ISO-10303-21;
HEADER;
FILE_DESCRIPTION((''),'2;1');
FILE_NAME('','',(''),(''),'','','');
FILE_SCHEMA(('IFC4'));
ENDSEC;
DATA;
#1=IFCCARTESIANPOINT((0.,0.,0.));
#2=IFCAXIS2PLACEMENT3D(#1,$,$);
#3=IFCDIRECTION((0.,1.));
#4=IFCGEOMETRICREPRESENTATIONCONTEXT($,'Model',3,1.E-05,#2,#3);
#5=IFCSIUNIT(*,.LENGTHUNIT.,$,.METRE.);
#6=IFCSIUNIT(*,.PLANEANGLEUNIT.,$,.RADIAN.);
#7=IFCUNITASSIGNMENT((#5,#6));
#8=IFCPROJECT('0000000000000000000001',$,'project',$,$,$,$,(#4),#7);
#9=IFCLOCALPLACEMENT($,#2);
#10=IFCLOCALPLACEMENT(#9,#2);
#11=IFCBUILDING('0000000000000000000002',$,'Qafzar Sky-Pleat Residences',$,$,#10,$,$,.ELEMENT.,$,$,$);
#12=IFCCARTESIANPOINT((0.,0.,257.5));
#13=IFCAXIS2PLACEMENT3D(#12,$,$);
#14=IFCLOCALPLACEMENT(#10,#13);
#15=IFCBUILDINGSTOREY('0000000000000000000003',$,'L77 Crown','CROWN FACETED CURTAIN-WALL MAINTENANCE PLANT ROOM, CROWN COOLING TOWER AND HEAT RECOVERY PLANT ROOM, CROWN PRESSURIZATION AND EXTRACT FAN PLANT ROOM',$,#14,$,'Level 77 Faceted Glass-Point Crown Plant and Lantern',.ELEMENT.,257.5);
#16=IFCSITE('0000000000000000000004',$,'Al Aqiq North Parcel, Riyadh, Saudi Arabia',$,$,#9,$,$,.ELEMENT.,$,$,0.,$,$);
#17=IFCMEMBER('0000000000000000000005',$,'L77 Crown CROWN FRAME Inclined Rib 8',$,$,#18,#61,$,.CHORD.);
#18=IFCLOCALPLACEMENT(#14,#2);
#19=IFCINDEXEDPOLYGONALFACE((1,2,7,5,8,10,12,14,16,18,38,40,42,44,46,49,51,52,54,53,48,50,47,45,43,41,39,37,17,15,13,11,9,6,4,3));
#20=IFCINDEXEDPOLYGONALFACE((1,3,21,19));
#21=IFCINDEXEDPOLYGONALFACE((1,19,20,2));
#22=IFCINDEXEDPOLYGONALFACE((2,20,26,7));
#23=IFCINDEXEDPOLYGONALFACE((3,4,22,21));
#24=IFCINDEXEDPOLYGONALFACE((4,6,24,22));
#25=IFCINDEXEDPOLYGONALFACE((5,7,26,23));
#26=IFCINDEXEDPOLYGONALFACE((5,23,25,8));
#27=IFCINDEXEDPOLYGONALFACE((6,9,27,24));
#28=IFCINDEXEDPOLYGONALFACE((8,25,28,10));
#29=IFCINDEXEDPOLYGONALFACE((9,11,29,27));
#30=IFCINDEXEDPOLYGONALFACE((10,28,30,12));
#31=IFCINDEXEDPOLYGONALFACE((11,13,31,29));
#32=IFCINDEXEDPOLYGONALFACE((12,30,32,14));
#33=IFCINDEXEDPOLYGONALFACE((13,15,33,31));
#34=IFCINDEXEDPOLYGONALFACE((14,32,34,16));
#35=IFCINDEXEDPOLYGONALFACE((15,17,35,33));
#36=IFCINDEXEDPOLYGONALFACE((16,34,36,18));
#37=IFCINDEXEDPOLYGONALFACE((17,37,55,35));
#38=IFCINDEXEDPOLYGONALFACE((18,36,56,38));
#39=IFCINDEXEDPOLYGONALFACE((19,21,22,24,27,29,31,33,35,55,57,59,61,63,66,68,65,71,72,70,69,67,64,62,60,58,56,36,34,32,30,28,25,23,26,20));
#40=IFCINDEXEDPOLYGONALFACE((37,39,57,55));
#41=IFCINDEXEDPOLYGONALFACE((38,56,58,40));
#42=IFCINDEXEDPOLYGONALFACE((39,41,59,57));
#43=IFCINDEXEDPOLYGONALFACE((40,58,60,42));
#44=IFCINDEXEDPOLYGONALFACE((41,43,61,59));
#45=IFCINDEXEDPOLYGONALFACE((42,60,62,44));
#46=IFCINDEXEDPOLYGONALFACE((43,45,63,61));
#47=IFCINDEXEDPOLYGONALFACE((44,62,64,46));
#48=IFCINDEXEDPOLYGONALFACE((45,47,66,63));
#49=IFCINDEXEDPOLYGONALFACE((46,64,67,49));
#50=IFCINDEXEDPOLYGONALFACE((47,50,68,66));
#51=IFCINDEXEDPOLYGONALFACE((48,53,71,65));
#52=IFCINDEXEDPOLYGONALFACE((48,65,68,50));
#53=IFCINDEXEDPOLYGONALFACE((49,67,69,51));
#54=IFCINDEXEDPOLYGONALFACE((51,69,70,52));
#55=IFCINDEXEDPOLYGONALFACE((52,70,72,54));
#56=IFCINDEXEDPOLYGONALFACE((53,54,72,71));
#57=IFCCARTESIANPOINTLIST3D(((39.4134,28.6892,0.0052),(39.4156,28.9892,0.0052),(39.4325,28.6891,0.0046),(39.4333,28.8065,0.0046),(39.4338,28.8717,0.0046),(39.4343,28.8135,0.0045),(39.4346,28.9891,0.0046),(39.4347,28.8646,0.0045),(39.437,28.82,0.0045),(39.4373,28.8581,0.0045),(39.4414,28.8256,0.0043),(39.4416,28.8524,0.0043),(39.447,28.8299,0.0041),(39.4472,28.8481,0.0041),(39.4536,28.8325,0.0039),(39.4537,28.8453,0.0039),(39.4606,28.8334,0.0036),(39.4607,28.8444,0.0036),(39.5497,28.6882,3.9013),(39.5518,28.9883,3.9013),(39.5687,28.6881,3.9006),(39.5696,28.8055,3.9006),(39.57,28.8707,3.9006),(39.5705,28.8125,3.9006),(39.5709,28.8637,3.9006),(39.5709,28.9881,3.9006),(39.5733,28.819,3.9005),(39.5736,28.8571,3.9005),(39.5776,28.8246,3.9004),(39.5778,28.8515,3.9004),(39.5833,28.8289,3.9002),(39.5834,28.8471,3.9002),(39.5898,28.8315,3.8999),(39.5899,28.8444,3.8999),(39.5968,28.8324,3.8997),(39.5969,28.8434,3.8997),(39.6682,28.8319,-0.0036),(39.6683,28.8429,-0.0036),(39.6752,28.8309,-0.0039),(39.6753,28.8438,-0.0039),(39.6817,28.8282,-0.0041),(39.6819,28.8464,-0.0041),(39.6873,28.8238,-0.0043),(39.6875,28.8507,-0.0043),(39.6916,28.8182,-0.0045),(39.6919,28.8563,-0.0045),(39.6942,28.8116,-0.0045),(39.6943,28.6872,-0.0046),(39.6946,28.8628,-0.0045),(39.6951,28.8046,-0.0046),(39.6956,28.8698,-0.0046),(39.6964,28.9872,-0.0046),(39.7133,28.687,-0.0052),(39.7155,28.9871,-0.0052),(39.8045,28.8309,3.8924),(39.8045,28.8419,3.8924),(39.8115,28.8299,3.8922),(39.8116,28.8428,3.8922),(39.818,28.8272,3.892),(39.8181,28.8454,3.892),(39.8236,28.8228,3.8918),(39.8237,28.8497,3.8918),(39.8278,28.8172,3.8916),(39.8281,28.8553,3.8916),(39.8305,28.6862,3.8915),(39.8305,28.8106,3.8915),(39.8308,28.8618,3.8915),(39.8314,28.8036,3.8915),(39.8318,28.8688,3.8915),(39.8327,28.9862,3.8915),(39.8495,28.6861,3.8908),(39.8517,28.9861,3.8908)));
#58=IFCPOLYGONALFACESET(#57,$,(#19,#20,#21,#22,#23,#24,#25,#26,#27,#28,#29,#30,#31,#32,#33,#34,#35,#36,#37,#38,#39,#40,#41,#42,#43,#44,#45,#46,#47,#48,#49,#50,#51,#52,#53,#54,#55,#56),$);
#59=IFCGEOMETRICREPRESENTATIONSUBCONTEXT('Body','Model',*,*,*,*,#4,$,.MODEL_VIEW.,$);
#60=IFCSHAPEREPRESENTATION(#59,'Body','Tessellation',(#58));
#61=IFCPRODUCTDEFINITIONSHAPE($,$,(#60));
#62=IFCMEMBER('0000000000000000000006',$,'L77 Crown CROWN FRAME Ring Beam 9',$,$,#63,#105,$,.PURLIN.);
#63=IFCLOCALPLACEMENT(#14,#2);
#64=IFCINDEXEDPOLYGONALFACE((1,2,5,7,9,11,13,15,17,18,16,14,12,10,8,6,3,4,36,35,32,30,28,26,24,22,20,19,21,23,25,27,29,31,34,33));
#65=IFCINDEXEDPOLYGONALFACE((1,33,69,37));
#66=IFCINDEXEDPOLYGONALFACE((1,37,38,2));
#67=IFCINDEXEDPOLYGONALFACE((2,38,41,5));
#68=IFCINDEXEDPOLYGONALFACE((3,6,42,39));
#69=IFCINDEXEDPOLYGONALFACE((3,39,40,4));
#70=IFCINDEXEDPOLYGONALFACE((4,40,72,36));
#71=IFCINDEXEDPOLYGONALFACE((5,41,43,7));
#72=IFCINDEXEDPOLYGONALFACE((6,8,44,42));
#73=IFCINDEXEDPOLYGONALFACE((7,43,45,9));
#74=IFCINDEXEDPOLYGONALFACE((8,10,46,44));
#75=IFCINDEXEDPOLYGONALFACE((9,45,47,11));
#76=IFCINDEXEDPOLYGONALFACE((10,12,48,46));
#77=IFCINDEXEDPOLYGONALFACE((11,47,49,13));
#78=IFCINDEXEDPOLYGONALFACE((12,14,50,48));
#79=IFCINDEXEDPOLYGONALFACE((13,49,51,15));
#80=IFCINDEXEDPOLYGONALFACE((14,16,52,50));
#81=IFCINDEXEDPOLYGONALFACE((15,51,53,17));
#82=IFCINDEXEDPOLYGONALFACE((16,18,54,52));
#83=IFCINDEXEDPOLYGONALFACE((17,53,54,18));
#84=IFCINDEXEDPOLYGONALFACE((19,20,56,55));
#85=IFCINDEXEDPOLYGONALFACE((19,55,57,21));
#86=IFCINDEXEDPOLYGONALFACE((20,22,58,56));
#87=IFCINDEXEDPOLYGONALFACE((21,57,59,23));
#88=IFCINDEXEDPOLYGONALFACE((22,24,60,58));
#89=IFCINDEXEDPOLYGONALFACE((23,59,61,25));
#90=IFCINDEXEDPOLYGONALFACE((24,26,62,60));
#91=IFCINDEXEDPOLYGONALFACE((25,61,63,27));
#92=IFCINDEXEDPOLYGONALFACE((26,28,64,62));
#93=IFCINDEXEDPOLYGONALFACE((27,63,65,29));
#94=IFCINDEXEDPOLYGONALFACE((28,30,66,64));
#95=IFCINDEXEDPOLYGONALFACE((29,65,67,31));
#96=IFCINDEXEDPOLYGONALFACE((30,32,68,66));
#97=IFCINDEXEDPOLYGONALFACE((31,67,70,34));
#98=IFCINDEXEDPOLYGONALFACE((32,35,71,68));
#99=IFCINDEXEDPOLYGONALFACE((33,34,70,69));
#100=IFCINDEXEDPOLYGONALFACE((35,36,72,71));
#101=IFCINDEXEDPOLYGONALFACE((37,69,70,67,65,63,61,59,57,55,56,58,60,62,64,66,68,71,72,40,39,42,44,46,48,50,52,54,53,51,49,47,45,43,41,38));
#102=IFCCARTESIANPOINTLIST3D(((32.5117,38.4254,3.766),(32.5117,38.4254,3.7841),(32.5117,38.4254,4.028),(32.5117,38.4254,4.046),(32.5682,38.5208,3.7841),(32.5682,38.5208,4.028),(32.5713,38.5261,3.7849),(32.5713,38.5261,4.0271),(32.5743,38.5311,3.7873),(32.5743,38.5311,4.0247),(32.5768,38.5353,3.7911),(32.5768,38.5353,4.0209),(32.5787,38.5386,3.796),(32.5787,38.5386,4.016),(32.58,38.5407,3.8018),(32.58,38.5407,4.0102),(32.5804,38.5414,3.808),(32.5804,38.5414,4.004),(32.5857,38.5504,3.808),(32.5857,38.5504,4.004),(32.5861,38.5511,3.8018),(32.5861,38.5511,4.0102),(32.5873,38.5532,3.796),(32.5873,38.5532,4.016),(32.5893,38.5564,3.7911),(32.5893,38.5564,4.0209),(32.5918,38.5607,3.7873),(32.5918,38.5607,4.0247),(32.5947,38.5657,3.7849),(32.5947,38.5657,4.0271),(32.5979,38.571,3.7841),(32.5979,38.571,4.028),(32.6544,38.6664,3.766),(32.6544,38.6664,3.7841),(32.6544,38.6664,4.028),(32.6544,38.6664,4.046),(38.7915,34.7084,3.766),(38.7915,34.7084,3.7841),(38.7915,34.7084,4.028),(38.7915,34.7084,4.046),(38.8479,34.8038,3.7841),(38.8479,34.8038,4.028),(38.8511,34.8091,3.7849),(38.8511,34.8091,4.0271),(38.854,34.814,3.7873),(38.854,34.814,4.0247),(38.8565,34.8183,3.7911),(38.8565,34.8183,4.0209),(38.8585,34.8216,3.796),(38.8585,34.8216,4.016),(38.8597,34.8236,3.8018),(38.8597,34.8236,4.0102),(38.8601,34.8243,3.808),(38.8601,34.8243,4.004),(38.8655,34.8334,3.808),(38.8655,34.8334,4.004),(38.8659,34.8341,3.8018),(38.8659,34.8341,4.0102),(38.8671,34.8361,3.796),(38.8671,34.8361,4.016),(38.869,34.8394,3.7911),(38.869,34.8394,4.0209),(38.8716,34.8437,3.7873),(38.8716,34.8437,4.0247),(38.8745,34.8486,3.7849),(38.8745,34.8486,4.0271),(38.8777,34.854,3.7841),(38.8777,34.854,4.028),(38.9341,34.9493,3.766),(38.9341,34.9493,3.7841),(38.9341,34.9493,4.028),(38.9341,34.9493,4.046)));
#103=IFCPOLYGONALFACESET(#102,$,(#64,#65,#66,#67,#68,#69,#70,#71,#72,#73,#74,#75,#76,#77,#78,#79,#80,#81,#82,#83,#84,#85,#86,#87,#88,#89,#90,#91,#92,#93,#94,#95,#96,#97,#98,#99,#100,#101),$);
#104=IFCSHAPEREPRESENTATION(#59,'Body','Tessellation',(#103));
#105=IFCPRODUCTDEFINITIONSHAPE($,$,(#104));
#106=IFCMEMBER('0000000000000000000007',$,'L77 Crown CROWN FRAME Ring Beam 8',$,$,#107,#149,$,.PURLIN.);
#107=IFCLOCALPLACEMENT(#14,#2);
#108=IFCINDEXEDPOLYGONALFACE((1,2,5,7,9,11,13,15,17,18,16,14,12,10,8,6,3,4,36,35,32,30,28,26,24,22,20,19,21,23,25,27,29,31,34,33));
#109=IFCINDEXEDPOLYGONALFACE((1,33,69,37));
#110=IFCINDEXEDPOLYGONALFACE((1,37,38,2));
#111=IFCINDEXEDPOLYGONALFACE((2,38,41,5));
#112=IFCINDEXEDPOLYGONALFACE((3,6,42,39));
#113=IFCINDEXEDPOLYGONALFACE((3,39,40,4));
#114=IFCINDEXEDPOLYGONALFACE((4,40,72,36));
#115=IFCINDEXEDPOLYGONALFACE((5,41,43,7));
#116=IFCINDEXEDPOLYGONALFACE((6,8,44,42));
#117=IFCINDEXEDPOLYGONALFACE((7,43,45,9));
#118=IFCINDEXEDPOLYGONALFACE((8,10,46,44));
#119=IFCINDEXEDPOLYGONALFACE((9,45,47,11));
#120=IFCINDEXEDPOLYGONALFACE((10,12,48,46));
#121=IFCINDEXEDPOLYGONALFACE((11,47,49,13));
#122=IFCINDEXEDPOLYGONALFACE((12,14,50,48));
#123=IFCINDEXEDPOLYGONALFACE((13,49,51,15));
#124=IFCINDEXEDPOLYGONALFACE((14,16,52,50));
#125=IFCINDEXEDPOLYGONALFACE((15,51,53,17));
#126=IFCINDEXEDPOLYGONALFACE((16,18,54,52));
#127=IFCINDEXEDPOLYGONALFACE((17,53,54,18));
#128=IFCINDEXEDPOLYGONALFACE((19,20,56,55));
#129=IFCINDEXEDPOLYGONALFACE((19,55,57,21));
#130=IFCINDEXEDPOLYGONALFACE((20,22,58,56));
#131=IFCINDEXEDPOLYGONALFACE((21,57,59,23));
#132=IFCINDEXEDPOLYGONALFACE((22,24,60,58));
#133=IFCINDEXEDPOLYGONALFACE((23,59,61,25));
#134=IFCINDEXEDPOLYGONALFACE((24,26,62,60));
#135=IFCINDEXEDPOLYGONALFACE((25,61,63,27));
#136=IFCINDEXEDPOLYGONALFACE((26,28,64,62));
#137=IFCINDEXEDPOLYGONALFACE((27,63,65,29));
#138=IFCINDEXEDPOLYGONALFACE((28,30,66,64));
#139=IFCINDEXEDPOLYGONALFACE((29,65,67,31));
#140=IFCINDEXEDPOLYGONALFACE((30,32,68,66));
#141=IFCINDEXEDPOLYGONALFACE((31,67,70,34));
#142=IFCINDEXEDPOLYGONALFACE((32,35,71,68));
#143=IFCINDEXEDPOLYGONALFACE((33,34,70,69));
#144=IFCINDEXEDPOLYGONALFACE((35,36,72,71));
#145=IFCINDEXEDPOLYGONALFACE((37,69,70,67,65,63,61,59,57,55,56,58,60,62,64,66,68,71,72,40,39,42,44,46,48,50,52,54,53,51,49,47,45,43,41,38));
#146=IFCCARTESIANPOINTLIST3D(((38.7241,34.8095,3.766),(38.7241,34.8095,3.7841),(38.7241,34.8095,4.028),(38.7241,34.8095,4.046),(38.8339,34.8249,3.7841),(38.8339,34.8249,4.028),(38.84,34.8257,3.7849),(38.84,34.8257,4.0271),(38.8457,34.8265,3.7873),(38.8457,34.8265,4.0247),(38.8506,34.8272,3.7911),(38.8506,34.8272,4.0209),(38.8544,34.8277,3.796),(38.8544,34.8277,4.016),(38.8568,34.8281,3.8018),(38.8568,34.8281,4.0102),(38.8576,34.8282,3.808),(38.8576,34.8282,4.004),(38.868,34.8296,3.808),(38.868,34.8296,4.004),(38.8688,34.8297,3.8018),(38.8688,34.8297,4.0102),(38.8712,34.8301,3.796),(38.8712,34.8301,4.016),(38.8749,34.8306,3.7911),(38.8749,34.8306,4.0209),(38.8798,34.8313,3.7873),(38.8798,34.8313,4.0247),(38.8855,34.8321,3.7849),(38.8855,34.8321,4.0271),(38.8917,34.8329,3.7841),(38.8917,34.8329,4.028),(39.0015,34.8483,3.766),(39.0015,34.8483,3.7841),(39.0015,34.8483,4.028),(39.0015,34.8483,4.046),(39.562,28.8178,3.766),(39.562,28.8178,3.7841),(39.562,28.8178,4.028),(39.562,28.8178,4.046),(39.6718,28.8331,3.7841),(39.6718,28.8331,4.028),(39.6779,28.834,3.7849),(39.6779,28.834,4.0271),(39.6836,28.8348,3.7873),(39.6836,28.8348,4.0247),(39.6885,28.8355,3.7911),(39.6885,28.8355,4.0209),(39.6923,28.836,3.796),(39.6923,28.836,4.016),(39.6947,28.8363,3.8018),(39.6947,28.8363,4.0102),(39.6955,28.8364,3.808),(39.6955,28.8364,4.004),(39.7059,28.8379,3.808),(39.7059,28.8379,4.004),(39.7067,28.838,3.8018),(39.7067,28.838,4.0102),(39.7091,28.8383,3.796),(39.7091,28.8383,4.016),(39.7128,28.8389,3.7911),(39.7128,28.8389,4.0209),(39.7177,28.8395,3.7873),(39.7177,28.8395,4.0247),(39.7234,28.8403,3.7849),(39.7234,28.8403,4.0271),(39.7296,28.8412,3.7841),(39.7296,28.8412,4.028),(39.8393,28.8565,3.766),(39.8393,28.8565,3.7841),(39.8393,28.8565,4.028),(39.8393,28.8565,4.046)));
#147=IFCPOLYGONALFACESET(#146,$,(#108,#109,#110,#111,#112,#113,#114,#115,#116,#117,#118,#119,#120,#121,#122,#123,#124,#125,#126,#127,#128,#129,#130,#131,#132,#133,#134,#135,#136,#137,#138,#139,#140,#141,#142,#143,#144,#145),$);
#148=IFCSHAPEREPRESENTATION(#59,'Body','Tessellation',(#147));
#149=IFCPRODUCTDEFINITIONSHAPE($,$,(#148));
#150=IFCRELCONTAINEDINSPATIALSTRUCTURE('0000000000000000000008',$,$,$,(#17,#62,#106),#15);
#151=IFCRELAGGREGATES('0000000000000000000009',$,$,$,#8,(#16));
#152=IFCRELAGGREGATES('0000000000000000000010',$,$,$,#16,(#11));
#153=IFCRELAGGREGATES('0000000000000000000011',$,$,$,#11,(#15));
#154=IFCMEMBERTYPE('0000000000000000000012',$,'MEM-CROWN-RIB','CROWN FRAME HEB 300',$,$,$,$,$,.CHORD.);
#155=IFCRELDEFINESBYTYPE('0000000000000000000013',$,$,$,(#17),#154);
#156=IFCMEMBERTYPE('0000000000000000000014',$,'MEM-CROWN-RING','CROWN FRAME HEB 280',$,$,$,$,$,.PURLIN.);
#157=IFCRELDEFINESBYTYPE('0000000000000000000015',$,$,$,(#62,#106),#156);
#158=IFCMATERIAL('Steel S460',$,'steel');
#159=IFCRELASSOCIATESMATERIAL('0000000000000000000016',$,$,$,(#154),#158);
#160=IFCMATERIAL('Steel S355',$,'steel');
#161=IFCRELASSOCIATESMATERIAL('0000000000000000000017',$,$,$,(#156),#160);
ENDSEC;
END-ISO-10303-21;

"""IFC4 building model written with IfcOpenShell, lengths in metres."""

from ifc_helpers import new_model, si_unit, direction, frame, origin, origin_2d, place, context, subcontext, project, spatial, i_section, extrude, source, transform, mapped, material, material_profile, profile_set, type_object, element, save


model = new_model("IFC4")

# Units and contexts
model_context = context("Model", 3, precision=1e-05, world=origin(), true_north=direction((0.0, 1.0)))
body_context = subcontext(model_context, "Body", "Model", "MODEL_VIEW")
ifc_project = project(units=[si_unit("LENGTHUNIT", "METRE"), si_unit("PLANEANGLEUNIT", "RADIAN")], contexts=[model_context])

# Site, building, storey
site_placement = place(None, origin())
site = spatial("IfcSite", under=ifc_project, at=site_placement, Name="Al Aqiq North Parcel, Riyadh, Saudi Arabia", CompositionType="ELEMENT", RefElevation=0.0)
building_placement = place(site_placement, origin())
building = spatial("IfcBuilding", under=site, at=building_placement, Name="Qafzar Sky-Pleat Residences", CompositionType="ELEMENT")
storey_placement = place(building_placement, frame((0.0, 0.0, 257.5)))
storey = spatial("IfcBuildingStorey", under=building, at=storey_placement, Name="L77 Crown", Description="CROWN FACETED CURTAIN-WALL MAINTENANCE PLANT ROOM, CROWN COOLING TOWER AND HEAT RECOVERY PLANT ROOM, CROWN PRESSURIZATION AND EXTRACT FAN PLANT ROOM", LongName="Level 77 Faceted Glass-Point Crown Plant and Lantern", CompositionType="ELEMENT", Elevation=257.5)

# Members
ifc_material_1 = material(Name="Steel S460", Category="steel")
ifc_material_profile_1 = material_profile(ifc_material_1, i_section(OverallWidth=0.3, OverallDepth=0.3, WebThickness=0.011, FlangeThickness=0.019, FilletRadius=0.0271, at=origin_2d()), Name="HEB 300")
ifc_profile_set_1 = profile_set([ifc_material_profile_1], Name="Steel S460")
member_type_1 = type_object("IfcMemberType", Name="MEM-CROWN-RIB", Description="CROWN FRAME HEB 300", PredefinedType="CHORD", material=ifc_profile_set_1)
shared_shape_1 = source(origin(), body_context, "Body", "SweptSolid", [
    extrude(i_section(OverallWidth=0.3, OverallDepth=0.3, WebThickness=0.011, FlangeThickness=0.019, FilletRadius=0.0271, at=origin_2d()), origin(), (0.0, 0.0, 1.0), 3.8984),
])
member_1_placement = place(storey_placement, frame((39.5645, 28.8381, 0.0), z_axis=(0.034945, -0.000251, 0.999389), x_axis=(0.007168, 0.999974, 0.0)))
element("IfcMember", 1, at=member_1_placement, inside=storey, type_object=member_type_1, Name="L77 Crown CROWN FRAME Inclined Rib 8", PredefinedType="CHORD", context=body_context, shape_type="MappedRepresentation", body=[
    mapped(shared_shape_1, transform((0.0, 0.0, 0.0), x_axis=(1.0, 0.0, 0.0), y_axis=(0.0, 1.0, 0.0), z_axis=(0.0, 0.0, 1.0), scale=1.0)),
])
ifc_material_2 = material(Name="Steel S355", Category="steel")
ifc_material_profile_2 = material_profile(ifc_material_2, i_section(OverallWidth=0.28, OverallDepth=0.28, WebThickness=0.0105, FlangeThickness=0.0181, FilletRadius=0.0239, at=origin_2d()), Name="HEB 280")
ifc_profile_set_2 = profile_set([ifc_material_profile_2], Name="Steel S355")
member_type_2 = type_object("IfcMemberType", Name="MEM-CROWN-RING", Description="CROWN FRAME HEB 280", PredefinedType="PURLIN", material=ifc_profile_set_2)
shared_shape_2 = source(origin(), body_context, "Body", "SweptSolid", [
    extrude(i_section(OverallWidth=0.28, OverallDepth=0.28, WebThickness=0.0105, FlangeThickness=0.0181, FilletRadius=0.0239, at=origin_2d()), origin(), (0.0, 0.0, 1.0), 7.2974),
])
member_2_placement = place(storey_placement, frame((38.8628, 34.8289, 3.906), z_axis=(-0.860551, 0.509365, 0.0), x_axis=(-0.509365, -0.860551, 0.0)))
element("IfcMember", 2, at=member_2_placement, inside=storey, type_object=member_type_2, Name="L77 Crown CROWN FRAME Ring Beam 9", PredefinedType="PURLIN", context=body_context, shape_type="MappedRepresentation", body=[
    mapped(shared_shape_2, transform((0.0, 0.0, 0.0), x_axis=(1.0, 0.0, 0.0), y_axis=(0.0, 1.0, 0.0), z_axis=(0.0, 0.0, 1.0), scale=1.0)),
])
shared_shape_3 = source(origin(), body_context, "Body", "SweptSolid", [
    extrude(i_section(OverallWidth=0.28, OverallDepth=0.28, WebThickness=0.0105, FlangeThickness=0.0181, FilletRadius=0.0239, at=origin_2d()), origin(), (0.0, 0.0, 1.0), 6.05),
])
member_3_placement = place(storey_placement, frame((39.7007, 28.8372, 3.906), z_axis=(-0.138494, 0.990363, 0.0), x_axis=(-0.990363, -0.138494, 0.0)))
element("IfcMember", 3, at=member_3_placement, inside=storey, type_object=member_type_2, Name="L77 Crown CROWN FRAME Ring Beam 8", PredefinedType="PURLIN", context=body_context, shape_type="MappedRepresentation", body=[
    mapped(shared_shape_3, transform((0.0, 0.0, 0.0), x_axis=(1.0, 0.0, 0.0), y_axis=(0.0, 1.0, 0.0), z_axis=(0.0, 0.0, 1.0), scale=1.0)),
])

save(model, "model.ifc")
